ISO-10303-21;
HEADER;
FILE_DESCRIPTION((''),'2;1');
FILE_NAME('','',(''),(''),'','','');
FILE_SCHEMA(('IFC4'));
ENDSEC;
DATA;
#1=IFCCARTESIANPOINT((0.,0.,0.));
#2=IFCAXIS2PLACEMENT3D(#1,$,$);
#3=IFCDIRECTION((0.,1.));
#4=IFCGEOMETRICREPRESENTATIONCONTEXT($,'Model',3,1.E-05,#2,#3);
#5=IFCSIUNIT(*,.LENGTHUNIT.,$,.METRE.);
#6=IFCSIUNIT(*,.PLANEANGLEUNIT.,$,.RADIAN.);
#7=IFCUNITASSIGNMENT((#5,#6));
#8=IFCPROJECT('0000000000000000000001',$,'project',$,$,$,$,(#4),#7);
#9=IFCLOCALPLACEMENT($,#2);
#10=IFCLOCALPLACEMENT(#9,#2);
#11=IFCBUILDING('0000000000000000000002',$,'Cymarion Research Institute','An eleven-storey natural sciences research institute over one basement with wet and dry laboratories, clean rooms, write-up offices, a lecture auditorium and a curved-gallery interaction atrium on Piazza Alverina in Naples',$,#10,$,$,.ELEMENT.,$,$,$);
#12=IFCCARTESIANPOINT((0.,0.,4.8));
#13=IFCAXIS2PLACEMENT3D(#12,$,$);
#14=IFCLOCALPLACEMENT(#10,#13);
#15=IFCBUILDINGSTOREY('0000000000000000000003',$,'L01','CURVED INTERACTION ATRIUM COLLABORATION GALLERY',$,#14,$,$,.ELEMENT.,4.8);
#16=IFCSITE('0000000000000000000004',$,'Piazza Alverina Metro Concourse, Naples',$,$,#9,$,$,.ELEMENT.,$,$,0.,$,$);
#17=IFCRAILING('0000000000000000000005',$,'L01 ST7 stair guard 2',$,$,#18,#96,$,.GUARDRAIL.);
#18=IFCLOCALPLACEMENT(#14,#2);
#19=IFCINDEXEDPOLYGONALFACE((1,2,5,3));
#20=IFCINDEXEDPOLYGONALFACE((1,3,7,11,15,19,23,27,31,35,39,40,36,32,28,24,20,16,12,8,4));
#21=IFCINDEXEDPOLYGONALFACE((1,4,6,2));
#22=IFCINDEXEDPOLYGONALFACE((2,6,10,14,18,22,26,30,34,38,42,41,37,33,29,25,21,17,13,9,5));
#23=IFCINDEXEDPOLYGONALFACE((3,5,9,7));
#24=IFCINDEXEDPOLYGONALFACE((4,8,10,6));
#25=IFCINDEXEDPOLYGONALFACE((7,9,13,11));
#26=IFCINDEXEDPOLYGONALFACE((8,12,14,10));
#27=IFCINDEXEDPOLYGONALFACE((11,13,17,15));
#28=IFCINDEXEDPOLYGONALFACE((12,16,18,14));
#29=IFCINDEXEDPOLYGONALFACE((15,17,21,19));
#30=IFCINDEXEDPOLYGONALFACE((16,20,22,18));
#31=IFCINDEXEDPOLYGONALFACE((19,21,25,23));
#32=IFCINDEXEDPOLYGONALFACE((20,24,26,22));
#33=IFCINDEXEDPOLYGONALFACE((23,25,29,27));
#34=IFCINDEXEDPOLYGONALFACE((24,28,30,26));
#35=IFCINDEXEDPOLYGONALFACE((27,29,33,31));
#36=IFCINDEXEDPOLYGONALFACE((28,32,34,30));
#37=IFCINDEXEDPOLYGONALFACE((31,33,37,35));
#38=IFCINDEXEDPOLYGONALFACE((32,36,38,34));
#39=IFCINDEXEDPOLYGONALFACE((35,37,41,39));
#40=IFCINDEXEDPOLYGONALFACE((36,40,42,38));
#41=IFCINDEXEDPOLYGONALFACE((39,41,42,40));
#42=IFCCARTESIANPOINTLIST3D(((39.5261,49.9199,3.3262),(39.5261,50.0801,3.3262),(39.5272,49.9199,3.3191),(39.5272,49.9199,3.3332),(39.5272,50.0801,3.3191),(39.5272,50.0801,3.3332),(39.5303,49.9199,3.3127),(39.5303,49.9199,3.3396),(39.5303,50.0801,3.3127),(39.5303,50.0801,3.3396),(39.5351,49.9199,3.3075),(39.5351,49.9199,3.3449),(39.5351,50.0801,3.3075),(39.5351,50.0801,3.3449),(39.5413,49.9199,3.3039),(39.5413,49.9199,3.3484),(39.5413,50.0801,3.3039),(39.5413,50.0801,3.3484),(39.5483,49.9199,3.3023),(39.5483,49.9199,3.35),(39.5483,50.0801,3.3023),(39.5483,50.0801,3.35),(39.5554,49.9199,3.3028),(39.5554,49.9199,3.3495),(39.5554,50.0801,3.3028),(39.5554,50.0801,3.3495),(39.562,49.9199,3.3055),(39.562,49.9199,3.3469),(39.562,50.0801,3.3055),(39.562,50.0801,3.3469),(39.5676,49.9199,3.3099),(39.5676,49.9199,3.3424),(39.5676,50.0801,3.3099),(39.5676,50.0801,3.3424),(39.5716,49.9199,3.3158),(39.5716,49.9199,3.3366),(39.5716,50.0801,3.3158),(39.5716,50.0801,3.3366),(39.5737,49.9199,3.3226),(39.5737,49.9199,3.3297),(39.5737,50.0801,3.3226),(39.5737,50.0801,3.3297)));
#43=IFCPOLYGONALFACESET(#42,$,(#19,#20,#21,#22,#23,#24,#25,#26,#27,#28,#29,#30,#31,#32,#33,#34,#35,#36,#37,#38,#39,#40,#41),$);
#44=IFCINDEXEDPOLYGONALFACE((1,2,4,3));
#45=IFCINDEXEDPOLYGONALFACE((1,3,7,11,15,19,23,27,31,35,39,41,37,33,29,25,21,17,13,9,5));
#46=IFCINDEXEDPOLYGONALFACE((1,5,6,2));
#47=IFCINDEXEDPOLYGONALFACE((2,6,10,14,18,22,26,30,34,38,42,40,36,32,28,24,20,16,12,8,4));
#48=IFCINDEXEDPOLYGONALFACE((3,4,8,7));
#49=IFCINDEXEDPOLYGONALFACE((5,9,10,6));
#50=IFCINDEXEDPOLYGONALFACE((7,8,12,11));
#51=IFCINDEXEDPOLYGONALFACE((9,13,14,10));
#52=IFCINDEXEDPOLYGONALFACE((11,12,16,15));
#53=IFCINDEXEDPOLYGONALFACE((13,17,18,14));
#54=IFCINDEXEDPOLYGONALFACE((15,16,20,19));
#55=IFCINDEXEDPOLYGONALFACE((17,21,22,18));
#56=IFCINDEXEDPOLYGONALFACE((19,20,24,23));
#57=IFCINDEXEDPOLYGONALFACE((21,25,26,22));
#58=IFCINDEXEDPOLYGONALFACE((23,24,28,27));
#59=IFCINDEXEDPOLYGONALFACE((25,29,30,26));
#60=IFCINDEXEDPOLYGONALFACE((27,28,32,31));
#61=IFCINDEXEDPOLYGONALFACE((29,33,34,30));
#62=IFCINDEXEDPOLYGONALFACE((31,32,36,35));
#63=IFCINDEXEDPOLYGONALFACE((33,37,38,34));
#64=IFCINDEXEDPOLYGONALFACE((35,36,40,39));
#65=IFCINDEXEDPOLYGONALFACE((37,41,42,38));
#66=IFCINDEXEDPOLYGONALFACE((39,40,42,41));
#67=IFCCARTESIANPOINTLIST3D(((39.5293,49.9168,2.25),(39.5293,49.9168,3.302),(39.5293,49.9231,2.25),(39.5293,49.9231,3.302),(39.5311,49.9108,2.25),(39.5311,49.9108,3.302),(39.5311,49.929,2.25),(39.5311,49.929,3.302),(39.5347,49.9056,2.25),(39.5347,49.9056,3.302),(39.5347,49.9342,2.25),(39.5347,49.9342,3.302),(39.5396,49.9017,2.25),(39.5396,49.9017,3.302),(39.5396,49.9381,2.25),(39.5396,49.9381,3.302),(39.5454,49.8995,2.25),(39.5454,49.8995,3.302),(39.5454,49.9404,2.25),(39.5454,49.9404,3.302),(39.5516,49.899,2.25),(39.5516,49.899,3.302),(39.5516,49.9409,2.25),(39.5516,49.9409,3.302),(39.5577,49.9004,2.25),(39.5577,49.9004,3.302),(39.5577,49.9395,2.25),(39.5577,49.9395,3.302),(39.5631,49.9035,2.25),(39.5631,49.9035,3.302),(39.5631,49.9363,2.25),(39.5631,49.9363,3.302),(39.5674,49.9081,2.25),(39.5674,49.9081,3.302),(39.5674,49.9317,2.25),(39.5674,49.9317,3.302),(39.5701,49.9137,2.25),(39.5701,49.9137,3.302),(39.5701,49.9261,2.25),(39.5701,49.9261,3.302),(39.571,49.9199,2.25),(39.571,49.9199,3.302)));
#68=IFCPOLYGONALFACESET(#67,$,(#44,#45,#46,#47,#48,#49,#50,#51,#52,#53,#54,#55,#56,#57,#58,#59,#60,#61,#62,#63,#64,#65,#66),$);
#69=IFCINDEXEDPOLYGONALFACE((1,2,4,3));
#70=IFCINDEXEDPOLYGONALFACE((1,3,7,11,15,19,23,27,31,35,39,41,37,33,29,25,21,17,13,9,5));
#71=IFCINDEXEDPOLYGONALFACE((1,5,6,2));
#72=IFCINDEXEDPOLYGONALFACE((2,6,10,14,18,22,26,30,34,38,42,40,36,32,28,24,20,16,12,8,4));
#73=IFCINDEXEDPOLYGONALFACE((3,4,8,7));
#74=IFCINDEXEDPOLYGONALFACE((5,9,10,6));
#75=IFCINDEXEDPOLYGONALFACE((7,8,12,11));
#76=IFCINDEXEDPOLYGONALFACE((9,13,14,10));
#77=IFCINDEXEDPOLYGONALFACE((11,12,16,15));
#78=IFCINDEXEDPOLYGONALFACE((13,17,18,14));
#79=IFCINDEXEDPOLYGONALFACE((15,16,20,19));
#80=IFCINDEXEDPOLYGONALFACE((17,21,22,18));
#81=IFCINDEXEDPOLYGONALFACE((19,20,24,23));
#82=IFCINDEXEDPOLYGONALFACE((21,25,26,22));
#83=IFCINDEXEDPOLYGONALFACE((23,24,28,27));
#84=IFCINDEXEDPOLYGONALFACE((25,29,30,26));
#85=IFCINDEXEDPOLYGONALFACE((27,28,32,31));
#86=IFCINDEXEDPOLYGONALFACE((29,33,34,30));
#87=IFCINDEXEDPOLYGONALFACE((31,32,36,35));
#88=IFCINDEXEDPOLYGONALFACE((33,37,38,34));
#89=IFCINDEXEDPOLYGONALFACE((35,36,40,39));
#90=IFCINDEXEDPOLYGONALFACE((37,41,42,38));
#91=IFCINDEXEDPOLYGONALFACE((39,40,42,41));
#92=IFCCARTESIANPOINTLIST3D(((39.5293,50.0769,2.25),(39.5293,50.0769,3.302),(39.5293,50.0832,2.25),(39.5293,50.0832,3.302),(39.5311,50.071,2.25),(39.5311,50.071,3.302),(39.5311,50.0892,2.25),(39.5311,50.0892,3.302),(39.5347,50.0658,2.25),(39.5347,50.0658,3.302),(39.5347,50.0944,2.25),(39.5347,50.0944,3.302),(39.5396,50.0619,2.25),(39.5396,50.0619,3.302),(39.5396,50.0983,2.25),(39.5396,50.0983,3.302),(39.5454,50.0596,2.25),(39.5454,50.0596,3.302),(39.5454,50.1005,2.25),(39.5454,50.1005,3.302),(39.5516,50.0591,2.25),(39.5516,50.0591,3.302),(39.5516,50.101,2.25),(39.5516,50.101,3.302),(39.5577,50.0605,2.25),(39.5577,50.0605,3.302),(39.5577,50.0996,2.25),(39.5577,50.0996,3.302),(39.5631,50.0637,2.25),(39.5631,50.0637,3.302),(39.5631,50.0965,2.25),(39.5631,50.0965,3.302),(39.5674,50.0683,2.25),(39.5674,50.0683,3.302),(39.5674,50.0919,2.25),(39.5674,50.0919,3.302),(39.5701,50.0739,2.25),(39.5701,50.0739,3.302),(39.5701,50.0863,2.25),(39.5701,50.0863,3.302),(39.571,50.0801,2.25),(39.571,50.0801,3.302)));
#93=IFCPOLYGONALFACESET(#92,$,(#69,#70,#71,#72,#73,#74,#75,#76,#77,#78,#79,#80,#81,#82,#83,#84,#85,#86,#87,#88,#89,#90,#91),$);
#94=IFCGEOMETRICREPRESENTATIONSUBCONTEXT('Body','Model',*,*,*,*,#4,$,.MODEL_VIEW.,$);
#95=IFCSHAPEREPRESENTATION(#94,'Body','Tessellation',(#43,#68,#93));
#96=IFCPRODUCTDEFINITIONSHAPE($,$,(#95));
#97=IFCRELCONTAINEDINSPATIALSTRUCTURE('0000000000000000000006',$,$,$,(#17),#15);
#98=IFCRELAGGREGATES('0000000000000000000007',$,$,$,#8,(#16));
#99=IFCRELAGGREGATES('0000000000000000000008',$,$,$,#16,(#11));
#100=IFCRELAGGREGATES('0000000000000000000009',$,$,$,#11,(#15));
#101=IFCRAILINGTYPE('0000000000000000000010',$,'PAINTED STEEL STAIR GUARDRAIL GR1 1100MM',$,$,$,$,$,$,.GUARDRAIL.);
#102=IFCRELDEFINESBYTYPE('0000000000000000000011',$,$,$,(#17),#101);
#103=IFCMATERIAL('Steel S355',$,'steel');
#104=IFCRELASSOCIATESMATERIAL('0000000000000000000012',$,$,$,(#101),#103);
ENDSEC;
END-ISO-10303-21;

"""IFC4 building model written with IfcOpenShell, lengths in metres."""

from ifc_helpers import new_model, si_unit, direction, frame, origin, origin_2d, place, context, subcontext, project, spatial, circle, extrude, material, type_object, element, save


model = new_model("IFC4")

# Units and contexts
model_context = context("Model", 3, precision=1e-05, world=origin(), true_north=direction((0.0, 1.0)))
body_context = subcontext(model_context, "Body", "Model", "MODEL_VIEW")
ifc_project = project(units=[si_unit("LENGTHUNIT", "METRE"), si_unit("PLANEANGLEUNIT", "RADIAN")], contexts=[model_context])

# Site, building, storey
site_placement = place(None, origin())
site = spatial("IfcSite", under=ifc_project, at=site_placement, Name="Piazza Alverina Metro Concourse, Naples", CompositionType="ELEMENT", RefElevation=0.0)
building_placement = place(site_placement, origin())
building = spatial("IfcBuilding", under=site, at=building_placement, Name="Cymarion Research Institute", Description="An eleven-storey natural sciences research institute over one basement with wet and dry laboratories, clean rooms, write-up offices, a lecture auditorium and a curved-gallery interaction atrium on Piazza Alverina in Naples", CompositionType="ELEMENT")
storey_placement = place(building_placement, frame((0.0, 0.0, 4.8)))
storey = spatial("IfcBuildingStorey", under=building, at=storey_placement, Name="L01", Description="CURVED INTERACTION ATRIUM COLLABORATION GALLERY", CompositionType="ELEMENT", Elevation=4.8)

# Railing
ifc_material_1 = material(Name="Steel S355", Category="steel")
railing_type_1 = type_object("IfcRailingType", Name="PAINTED STEEL STAIR GUARDRAIL GR1 1100MM", PredefinedType="GUARDRAIL", material=ifc_material_1)
railing_1_placement = place(storey_placement, frame((39.55, 49.9199, 2.25)))
element("IfcRailing", 1, at=railing_1_placement, inside=storey, type_object=railing_type_1, Name="L01 ST7 stair guard 2", PredefinedType="GUARDRAIL", context=body_context, shape_type="SweptSolid", body=[
    extrude(circle(Radius=0.0239, at=origin_2d()), frame((0.0, 0.0, 1.0762), z_axis=(0.0, 1.0, 0.0), x_axis=(-1.0, 0.0, 0.0)), (0.0, 0.0, 1.0), 0.1602),
    extrude(circle(Radius=0.021, at=origin_2d()), origin(), (0.0, 0.0, 1.0), 1.052),
    extrude(circle(Radius=0.021, at=origin_2d()), frame((0.0, 0.1602, 0.0)), (0.0, 0.0, 1.0), 1.052),
])

save(model, "model.ifc")
